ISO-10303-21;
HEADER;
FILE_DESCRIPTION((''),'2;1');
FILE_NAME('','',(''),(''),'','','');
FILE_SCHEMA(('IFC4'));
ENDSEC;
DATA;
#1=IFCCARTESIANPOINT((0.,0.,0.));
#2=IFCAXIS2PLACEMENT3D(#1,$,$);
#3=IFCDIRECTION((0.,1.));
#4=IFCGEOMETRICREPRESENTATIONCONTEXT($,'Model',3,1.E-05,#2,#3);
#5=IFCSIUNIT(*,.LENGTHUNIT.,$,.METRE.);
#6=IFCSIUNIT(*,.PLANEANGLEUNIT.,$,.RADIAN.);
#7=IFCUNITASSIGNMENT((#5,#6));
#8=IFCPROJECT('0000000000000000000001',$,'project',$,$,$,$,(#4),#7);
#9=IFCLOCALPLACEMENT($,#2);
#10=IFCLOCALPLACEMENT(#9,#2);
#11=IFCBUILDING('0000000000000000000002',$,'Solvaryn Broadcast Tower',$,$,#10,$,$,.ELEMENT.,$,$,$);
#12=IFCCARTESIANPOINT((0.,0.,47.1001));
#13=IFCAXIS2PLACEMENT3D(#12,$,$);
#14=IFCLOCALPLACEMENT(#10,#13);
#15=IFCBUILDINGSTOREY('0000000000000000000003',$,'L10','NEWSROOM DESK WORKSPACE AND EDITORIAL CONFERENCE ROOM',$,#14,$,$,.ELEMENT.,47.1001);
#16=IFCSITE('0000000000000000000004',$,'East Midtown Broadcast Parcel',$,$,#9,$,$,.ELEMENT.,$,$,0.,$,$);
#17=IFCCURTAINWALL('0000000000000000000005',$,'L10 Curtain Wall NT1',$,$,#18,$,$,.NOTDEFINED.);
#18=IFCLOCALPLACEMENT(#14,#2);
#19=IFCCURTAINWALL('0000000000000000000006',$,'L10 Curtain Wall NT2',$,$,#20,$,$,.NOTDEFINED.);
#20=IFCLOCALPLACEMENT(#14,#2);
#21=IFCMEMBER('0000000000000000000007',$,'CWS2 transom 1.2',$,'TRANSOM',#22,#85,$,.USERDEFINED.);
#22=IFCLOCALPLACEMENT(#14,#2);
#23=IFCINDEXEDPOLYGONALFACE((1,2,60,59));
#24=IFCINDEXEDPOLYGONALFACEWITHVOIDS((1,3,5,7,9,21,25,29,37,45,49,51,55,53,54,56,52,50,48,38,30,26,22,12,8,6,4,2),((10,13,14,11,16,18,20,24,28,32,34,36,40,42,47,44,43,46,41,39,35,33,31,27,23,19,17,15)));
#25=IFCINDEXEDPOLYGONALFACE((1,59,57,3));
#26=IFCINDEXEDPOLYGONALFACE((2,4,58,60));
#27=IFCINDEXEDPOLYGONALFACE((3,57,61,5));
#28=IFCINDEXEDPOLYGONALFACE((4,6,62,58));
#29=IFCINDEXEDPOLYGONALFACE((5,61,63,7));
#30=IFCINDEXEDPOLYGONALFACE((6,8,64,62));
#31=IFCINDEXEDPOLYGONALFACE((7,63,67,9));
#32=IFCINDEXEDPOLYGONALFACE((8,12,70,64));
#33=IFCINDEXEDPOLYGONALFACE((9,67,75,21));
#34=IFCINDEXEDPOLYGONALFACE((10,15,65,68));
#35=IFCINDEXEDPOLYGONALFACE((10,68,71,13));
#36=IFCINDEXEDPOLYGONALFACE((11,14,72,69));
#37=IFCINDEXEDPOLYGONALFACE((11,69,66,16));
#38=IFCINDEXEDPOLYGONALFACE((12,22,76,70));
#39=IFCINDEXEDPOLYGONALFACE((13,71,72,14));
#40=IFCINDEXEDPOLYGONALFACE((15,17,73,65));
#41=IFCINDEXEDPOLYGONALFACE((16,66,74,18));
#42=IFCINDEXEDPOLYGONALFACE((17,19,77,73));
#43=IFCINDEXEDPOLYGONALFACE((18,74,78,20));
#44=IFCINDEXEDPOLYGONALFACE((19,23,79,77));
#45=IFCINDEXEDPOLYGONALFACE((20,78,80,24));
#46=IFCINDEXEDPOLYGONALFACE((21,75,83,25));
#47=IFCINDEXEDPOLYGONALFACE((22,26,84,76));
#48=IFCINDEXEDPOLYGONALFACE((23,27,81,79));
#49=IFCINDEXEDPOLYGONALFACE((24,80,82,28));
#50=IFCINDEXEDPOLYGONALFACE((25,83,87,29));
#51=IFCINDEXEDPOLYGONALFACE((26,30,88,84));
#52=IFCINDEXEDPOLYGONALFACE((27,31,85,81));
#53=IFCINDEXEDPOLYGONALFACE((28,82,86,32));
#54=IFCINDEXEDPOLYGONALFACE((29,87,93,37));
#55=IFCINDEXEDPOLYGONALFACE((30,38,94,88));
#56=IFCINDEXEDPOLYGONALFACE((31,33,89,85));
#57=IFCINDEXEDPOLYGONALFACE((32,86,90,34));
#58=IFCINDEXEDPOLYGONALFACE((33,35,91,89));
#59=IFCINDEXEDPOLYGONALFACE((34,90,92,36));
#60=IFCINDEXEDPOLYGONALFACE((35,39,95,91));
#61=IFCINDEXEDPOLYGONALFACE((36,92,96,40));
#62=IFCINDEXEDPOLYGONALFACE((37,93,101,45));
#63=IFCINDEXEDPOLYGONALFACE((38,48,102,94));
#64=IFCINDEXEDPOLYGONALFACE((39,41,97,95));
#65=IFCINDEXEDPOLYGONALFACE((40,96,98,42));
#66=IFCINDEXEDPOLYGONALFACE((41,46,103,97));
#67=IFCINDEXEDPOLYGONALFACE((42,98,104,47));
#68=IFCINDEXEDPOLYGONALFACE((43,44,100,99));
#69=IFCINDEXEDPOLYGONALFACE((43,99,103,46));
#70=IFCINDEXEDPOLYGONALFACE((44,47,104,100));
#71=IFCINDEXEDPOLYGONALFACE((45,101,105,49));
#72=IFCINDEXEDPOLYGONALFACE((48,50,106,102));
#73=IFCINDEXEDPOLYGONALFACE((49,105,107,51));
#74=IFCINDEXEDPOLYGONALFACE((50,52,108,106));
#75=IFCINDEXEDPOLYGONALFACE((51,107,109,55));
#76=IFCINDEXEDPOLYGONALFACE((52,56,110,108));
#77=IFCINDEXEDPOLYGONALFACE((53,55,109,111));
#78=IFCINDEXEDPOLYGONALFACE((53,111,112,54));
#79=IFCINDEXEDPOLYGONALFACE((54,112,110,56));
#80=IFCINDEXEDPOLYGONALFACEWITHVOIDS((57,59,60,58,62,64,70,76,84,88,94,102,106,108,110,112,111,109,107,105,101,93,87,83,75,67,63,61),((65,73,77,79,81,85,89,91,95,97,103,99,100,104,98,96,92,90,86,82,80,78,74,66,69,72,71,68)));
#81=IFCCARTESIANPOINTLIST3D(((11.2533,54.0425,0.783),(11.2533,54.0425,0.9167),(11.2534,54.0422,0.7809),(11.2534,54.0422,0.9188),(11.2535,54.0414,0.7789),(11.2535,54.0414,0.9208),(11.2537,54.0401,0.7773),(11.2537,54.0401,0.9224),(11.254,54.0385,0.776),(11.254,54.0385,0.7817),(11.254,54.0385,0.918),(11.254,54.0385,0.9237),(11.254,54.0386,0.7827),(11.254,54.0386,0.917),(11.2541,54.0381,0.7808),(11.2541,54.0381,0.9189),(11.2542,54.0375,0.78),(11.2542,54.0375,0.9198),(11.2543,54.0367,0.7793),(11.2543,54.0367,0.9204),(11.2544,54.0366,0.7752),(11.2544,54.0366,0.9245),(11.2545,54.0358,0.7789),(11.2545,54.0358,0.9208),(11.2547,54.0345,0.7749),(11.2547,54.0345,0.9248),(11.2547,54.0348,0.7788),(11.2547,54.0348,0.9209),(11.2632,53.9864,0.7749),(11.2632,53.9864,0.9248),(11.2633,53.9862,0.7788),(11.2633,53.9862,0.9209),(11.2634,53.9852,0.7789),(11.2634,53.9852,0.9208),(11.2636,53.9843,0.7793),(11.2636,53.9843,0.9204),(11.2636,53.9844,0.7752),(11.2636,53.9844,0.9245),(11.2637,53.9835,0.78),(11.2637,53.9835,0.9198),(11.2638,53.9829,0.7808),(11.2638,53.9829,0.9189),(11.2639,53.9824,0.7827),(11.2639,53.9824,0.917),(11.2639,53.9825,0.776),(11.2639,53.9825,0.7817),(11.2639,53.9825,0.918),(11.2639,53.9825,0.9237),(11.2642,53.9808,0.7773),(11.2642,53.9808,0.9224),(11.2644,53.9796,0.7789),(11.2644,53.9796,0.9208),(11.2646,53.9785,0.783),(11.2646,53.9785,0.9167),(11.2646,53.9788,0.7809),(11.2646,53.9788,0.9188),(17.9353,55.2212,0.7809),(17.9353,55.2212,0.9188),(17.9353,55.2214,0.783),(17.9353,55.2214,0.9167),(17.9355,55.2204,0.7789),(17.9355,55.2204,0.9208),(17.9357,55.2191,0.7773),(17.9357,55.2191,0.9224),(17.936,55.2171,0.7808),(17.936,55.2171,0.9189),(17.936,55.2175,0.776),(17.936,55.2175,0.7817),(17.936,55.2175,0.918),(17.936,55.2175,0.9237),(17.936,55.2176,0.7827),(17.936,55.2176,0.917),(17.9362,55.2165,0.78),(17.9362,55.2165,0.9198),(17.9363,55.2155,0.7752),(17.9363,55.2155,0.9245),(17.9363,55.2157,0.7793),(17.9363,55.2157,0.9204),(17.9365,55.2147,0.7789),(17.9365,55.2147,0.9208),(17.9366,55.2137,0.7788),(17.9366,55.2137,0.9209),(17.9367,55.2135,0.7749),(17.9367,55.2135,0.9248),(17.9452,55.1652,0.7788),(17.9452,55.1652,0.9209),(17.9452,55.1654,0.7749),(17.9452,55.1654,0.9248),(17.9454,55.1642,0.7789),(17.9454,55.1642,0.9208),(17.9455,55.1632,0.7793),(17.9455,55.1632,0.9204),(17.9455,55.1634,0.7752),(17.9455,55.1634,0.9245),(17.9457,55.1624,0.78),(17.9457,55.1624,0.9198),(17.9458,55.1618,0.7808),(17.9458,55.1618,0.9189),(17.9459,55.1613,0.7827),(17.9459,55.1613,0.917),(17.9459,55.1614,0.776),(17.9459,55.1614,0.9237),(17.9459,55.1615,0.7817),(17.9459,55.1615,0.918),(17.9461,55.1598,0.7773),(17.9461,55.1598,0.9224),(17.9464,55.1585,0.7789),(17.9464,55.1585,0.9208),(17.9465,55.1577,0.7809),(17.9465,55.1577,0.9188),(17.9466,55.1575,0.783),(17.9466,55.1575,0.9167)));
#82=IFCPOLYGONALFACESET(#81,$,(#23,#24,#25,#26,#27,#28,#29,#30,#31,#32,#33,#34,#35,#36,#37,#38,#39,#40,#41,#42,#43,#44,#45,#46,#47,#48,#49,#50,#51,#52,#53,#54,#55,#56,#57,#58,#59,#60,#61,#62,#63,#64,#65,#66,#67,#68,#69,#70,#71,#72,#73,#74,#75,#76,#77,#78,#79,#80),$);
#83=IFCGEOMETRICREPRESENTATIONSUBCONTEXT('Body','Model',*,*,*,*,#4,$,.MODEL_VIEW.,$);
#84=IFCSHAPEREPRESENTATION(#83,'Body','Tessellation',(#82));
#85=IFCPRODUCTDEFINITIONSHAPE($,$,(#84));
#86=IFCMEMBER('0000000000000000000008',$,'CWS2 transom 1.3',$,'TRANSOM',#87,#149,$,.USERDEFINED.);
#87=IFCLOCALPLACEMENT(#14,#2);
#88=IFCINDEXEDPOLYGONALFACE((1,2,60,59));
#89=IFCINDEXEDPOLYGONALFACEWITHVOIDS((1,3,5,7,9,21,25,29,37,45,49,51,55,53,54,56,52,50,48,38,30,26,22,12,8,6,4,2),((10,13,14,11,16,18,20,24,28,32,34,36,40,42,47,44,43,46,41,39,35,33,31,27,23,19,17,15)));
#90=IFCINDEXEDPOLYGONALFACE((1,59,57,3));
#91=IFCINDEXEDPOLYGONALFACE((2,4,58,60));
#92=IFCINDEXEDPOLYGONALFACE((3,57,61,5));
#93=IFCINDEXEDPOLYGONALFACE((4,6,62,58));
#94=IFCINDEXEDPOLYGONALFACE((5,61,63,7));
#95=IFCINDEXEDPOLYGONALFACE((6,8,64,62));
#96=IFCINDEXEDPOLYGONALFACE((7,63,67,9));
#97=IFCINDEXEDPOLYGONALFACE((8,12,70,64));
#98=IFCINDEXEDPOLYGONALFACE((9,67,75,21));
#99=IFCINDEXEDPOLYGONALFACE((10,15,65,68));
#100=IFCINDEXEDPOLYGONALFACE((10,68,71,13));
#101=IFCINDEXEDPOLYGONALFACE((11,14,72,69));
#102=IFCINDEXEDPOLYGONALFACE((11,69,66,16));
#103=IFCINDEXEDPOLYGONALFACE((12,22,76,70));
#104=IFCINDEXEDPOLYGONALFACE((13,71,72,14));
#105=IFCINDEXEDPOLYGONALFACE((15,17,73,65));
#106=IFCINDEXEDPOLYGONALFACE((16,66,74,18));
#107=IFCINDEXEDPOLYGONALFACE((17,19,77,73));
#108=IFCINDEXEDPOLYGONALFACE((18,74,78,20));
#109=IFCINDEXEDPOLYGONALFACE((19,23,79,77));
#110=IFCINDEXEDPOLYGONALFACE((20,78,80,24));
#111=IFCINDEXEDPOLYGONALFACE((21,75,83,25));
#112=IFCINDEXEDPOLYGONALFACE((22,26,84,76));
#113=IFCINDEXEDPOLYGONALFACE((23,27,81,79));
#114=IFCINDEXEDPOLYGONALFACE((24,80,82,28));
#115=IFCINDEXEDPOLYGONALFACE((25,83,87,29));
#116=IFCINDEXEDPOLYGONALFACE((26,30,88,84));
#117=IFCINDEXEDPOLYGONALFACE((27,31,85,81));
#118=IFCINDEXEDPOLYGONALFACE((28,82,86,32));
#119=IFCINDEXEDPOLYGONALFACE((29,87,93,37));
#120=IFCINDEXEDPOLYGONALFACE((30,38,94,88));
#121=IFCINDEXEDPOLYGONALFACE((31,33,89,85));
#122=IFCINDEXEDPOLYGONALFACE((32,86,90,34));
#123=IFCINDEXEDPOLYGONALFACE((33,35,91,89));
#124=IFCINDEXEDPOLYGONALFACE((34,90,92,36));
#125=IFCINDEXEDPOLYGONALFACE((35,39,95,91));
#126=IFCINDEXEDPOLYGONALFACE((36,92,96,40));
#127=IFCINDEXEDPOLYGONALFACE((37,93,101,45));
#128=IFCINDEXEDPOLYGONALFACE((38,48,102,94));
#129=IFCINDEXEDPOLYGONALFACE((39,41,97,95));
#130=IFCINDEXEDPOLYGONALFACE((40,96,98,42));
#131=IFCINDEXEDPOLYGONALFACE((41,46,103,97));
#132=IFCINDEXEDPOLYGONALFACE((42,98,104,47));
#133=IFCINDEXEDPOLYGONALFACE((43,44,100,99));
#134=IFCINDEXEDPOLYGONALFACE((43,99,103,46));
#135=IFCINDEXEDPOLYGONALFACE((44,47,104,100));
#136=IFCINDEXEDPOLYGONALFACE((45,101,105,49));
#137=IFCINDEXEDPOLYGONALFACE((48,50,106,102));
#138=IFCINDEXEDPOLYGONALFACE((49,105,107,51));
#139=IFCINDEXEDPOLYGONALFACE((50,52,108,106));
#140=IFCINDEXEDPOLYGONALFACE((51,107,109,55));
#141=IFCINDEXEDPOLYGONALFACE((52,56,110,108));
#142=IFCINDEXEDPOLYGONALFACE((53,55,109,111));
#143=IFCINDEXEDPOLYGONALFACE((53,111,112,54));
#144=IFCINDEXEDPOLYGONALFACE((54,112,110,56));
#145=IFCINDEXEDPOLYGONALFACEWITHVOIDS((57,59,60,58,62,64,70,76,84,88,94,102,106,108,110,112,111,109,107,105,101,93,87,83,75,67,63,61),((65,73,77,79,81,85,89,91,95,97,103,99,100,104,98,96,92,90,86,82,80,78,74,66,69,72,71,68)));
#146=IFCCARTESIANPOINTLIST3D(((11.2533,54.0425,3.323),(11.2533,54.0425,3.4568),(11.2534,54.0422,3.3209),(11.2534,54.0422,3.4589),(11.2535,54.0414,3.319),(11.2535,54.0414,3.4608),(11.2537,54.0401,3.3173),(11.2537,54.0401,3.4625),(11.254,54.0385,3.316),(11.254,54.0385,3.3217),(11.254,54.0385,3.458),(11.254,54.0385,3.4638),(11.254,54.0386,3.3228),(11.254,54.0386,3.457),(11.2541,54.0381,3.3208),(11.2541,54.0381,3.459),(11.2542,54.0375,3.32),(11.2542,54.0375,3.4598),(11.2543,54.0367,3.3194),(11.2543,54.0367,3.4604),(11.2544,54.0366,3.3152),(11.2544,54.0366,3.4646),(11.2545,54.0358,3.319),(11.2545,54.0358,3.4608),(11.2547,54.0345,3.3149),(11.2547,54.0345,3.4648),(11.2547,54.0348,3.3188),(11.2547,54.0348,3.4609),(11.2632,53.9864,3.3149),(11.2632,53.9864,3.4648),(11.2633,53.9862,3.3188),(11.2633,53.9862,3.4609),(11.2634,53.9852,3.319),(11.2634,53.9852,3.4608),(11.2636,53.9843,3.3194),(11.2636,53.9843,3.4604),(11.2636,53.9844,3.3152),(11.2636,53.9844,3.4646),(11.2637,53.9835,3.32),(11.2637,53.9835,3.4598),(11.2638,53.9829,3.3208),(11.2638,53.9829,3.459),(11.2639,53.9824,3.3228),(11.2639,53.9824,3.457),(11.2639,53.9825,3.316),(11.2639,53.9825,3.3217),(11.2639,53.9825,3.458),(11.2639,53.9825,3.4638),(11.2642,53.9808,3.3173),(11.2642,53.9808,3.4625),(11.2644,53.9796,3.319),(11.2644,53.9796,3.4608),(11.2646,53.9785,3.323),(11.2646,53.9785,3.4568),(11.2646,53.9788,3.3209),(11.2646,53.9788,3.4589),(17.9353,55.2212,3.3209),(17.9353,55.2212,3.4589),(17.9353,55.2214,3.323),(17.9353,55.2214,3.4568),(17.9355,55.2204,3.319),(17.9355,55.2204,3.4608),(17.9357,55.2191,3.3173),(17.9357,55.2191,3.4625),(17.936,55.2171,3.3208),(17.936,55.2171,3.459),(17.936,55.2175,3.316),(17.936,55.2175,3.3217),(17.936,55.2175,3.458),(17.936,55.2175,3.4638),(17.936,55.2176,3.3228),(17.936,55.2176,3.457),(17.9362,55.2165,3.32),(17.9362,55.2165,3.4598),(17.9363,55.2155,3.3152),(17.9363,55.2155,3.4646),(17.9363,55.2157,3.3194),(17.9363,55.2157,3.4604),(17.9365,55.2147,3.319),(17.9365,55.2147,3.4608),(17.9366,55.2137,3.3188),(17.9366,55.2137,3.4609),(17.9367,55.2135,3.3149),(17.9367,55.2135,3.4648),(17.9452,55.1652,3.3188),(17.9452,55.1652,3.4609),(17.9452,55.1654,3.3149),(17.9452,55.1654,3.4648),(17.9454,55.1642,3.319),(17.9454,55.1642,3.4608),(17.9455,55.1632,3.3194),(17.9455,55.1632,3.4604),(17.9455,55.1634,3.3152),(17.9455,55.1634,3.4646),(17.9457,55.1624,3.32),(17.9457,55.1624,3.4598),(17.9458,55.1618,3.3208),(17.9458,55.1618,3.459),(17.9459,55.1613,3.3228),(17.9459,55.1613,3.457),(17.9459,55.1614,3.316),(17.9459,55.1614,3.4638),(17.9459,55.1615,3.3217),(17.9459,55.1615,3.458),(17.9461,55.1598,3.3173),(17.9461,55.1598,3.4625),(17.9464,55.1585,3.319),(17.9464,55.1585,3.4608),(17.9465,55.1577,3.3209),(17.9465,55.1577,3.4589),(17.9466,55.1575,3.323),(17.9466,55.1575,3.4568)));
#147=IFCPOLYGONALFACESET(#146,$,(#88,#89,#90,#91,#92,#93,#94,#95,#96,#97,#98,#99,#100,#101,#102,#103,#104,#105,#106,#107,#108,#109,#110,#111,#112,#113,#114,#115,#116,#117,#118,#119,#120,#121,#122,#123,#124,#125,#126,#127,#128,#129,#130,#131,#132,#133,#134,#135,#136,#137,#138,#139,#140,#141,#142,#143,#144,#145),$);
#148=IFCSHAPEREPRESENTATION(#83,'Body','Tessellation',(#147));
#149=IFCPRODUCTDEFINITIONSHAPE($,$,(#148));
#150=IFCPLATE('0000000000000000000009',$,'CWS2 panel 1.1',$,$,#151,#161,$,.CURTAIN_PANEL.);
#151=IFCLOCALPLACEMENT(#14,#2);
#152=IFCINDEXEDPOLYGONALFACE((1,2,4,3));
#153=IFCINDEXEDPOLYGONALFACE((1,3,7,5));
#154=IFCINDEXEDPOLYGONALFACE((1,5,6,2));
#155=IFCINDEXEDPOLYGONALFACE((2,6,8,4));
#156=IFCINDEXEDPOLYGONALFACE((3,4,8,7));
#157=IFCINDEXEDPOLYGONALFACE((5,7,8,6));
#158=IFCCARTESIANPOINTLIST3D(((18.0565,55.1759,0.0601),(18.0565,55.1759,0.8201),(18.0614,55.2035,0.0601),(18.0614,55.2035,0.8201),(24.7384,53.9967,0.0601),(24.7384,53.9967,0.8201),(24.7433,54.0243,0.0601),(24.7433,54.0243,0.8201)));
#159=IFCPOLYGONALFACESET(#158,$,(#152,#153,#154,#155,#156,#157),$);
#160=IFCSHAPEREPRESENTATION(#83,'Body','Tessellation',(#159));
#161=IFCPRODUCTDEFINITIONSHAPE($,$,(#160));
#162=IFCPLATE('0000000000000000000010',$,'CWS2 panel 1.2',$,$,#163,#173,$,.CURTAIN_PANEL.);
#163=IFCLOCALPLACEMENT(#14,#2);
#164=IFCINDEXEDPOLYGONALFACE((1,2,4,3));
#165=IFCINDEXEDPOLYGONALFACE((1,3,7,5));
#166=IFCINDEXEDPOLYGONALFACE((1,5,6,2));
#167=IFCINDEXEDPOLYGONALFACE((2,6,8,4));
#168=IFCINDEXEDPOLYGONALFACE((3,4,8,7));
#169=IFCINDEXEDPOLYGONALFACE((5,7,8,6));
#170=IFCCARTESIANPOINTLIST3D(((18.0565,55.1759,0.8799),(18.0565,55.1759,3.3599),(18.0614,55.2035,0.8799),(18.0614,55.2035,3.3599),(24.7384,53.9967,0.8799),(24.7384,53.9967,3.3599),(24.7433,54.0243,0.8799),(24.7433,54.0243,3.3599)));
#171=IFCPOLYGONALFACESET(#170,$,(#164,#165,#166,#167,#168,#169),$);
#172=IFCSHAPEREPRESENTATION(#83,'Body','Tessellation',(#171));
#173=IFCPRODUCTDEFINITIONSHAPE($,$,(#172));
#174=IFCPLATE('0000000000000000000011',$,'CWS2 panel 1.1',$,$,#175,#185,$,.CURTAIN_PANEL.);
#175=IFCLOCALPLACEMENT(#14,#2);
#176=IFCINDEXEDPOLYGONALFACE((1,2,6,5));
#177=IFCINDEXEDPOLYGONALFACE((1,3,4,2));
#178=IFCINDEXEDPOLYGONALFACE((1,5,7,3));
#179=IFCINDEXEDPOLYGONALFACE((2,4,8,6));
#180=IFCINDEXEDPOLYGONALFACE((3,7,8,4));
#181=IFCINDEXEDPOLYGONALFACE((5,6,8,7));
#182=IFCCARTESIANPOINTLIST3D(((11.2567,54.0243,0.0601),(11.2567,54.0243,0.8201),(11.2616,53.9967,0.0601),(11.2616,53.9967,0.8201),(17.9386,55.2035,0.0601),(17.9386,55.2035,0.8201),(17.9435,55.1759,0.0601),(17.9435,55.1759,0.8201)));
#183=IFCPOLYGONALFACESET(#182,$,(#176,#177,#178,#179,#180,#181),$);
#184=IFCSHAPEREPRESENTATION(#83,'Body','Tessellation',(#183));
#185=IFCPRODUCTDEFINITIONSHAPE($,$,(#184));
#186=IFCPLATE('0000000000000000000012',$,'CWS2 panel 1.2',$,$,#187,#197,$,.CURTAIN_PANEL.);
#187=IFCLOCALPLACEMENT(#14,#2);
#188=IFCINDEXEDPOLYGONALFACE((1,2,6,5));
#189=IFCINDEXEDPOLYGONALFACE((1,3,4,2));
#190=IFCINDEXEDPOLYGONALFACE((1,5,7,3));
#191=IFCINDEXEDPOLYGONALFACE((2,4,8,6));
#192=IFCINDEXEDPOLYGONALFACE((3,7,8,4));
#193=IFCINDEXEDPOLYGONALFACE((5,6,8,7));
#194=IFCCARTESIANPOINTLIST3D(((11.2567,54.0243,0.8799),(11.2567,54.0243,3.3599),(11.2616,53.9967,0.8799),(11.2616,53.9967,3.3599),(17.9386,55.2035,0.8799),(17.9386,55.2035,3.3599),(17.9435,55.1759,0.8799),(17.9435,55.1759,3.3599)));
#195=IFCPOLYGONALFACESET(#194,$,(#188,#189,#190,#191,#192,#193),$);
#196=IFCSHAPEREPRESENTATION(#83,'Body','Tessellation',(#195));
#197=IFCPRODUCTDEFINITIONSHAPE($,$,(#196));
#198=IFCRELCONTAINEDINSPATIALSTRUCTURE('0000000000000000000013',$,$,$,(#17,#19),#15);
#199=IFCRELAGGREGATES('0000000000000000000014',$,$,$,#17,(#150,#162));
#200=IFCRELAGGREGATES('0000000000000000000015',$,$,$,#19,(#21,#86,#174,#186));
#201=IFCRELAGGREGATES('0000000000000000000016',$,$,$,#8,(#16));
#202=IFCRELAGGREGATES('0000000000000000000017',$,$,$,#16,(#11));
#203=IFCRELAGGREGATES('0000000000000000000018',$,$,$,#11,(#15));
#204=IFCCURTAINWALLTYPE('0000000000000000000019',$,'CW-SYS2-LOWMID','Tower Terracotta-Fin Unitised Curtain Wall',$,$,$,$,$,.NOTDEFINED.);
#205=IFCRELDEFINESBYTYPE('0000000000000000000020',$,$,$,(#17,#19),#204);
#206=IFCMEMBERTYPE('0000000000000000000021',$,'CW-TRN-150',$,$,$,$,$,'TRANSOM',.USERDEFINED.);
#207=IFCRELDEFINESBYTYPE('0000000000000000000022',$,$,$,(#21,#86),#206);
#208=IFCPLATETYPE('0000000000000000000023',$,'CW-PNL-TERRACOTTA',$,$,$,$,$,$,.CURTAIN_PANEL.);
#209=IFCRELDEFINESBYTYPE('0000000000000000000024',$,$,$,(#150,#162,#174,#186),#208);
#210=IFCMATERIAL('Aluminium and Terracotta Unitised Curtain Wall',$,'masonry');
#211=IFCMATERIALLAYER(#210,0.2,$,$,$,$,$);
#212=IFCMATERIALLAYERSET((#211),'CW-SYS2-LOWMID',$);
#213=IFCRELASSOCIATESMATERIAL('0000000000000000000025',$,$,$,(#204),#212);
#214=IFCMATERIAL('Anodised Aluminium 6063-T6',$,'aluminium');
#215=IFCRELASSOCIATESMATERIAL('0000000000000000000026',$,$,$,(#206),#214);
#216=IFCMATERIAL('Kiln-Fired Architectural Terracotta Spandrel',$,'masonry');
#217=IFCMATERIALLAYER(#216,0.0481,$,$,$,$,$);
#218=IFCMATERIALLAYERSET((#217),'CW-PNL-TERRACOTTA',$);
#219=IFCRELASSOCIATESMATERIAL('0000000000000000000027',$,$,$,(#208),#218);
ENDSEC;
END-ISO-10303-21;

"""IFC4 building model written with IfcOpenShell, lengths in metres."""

from ifc_helpers import new_model, si_unit, direction, frame, origin, origin_2d, place, context, subcontext, project, spatial, rectangle, hollow_rectangle, extrude, material, layer, layer_set, material_profile, profile_set, type_object, element, aggregate, save


model = new_model("IFC4")

# Units and contexts
model_context = context("Model", 3, precision=1e-05, world=origin(), true_north=direction((0.0, 1.0)))
body_context = subcontext(model_context, "Body", "Model", "MODEL_VIEW")
ifc_project = project(units=[si_unit("LENGTHUNIT", "METRE"), si_unit("PLANEANGLEUNIT", "RADIAN")], contexts=[model_context])

# Site, building, storey
site_placement = place(None, origin())
site = spatial("IfcSite", under=ifc_project, at=site_placement, Name="East Midtown Broadcast Parcel", CompositionType="ELEMENT", RefElevation=0.0)
building_placement = place(site_placement, origin())
building = spatial("IfcBuilding", under=site, at=building_placement, Name="Solvaryn Broadcast Tower", CompositionType="ELEMENT")
storey_placement = place(building_placement, frame((0.0, 0.0, 47.1001)))
storey = spatial("IfcBuildingStorey", under=building, at=storey_placement, Name="L10", Description="NEWSROOM DESK WORKSPACE AND EDITORIAL CONFERENCE ROOM", CompositionType="ELEMENT", Elevation=47.1001)

# Curtain walls
ifc_material_1 = material(Name="Aluminium and Terracotta Unitised Curtain Wall", Category="masonry")
ifc_layer_1 = layer(ifc_material_1, 0.2)
ifc_layer_set_1 = layer_set([ifc_layer_1], Name="CW-SYS2-LOWMID")
curtain_wall_type = type_object("IfcCurtainWallType", Name="CW-SYS2-LOWMID", Description="Tower Terracotta-Fin Unitised Curtain Wall", PredefinedType="NOTDEFINED", material=ifc_layer_set_1)
curtain_wall_1_placement = place(storey_placement, origin())
curtain_wall_1 = element("IfcCurtainWall", 1, at=curtain_wall_1_placement, inside=storey, type_object=curtain_wall_type, Name="L10 Curtain Wall NT1", PredefinedType="NOTDEFINED")
curtain_wall_2_placement = place(storey_placement, origin())
curtain_wall_2 = element("IfcCurtainWall", 2, at=curtain_wall_2_placement, inside=storey, type_object=curtain_wall_type, Name="L10 Curtain Wall NT2", PredefinedType="NOTDEFINED")

# Members
ifc_material_2 = material(Name="Anodised Aluminium 6063-T6", Category="aluminium")
ifc_material_profile_1 = material_profile(ifc_material_2, hollow_rectangle(XDim=0.0649, YDim=0.1499, WallThickness=0.0039, InnerFilletRadius=0.0039, OuterFilletRadius=0.0081, at=origin_2d()))
ifc_profile_set_1 = profile_set([ifc_material_profile_1], Name="Anodised Aluminium 6063-T6")
member_type_1 = type_object("IfcMemberType", Name="CW-TRN-150", ElementType="TRANSOM", PredefinedType="USERDEFINED", material=ifc_profile_set_1)
member_1_placement = place(storey_placement, frame((17.9409, 55.1895, 0.8499), z_axis=(-0.984789, -0.173757, 0.0), x_axis=(0.173757, -0.984789, 0.0)))
member_1 = element("IfcMember", 3, at=member_1_placement, type_object=member_type_1, Name="CWS2 transom 1.2", ObjectType="TRANSOM", PredefinedType="USERDEFINED", context=body_context, shape_type="SweptSolid", body=[
    extrude(hollow_rectangle(XDim=0.0649, YDim=0.1499, WallThickness=0.0039, InnerFilletRadius=0.0039, OuterFilletRadius=0.0081, at=origin_2d()), origin(), (0.0, 0.0, 1.0), 6.7852),
])
member_2_placement = place(storey_placement, frame((17.9409, 55.1895, 3.3899), z_axis=(-0.984789, -0.173757, 0.0), x_axis=(0.173757, -0.984789, 0.0)))
member_2 = element("IfcMember", 4, at=member_2_placement, type_object=member_type_1, Name="CWS2 transom 1.3", ObjectType="TRANSOM", PredefinedType="USERDEFINED", context=body_context, shape_type="SweptSolid", body=[
    extrude(hollow_rectangle(XDim=0.0649, YDim=0.1499, WallThickness=0.0039, InnerFilletRadius=0.0039, OuterFilletRadius=0.0081, at=origin_2d()), origin(), (0.0, 0.0, 1.0), 6.7852),
])

# Plates
ifc_material_3 = material(Name="Kiln-Fired Architectural Terracotta Spandrel", Category="masonry")
ifc_layer_2 = layer(ifc_material_3, 0.0481)
ifc_layer_set_2 = layer_set([ifc_layer_2], Name="CW-PNL-TERRACOTTA")
plate_type = type_object("IfcPlateType", Name="CW-PNL-TERRACOTTA", PredefinedType="CURTAIN_PANEL", material=ifc_layer_set_2)
plate_1_placement = place(storey_placement, frame((21.3999, 54.6001, 0.0601), z_axis=(0.0, 0.0, 1.0), x_axis=(-0.984784, 0.173785, 0.0)))
plate_1 = element("IfcPlate", 5, at=plate_1_placement, type_object=plate_type, Name="CWS2 panel 1.1", PredefinedType="CURTAIN_PANEL", context=body_context, shape_type="SweptSolid", body=[
    extrude(rectangle(XDim=6.7852, YDim=0.0281, at=origin_2d()), origin(), (0.0, 0.0, 1.0), 0.76),
])
plate_2_placement = place(storey_placement, frame((21.3999, 54.6001, 0.8799), z_axis=(0.0, 0.0, 1.0), x_axis=(-0.984784, 0.173785, 0.0)))
plate_2 = element("IfcPlate", 6, at=plate_2_placement, type_object=plate_type, Name="CWS2 panel 1.2", PredefinedType="CURTAIN_PANEL", context=body_context, shape_type="SweptSolid", body=[
    extrude(rectangle(XDim=6.7852, YDim=0.0281, at=origin_2d()), origin(), (0.0, 0.0, 1.0), 2.48),
])
aggregate(curtain_wall_1, [plate_1, plate_2])
plate_3_placement = place(storey_placement, frame((14.6001, 54.6001, 0.0601), z_axis=(0.0, 0.0, 1.0), x_axis=(-0.984784, -0.173785, 0.0)))
plate_3 = element("IfcPlate", 7, at=plate_3_placement, type_object=plate_type, Name="CWS2 panel 1.1", PredefinedType="CURTAIN_PANEL", context=body_context, shape_type="SweptSolid", body=[
    extrude(rectangle(XDim=6.7852, YDim=0.0281, at=origin_2d()), origin(), (0.0, 0.0, 1.0), 0.76),
])
plate_4_placement = place(storey_placement, frame((14.6001, 54.6001, 0.8799), z_axis=(0.0, 0.0, 1.0), x_axis=(-0.984784, -0.173785, 0.0)))
plate_4 = element("IfcPlate", 8, at=plate_4_placement, type_object=plate_type, Name="CWS2 panel 1.2", PredefinedType="CURTAIN_PANEL", context=body_context, shape_type="SweptSolid", body=[
    extrude(rectangle(XDim=6.7852, YDim=0.0281, at=origin_2d()), origin(), (0.0, 0.0, 1.0), 2.48),
])
aggregate(curtain_wall_2, [member_1, member_2, plate_3, plate_4])

save(model, "model.ifc")
